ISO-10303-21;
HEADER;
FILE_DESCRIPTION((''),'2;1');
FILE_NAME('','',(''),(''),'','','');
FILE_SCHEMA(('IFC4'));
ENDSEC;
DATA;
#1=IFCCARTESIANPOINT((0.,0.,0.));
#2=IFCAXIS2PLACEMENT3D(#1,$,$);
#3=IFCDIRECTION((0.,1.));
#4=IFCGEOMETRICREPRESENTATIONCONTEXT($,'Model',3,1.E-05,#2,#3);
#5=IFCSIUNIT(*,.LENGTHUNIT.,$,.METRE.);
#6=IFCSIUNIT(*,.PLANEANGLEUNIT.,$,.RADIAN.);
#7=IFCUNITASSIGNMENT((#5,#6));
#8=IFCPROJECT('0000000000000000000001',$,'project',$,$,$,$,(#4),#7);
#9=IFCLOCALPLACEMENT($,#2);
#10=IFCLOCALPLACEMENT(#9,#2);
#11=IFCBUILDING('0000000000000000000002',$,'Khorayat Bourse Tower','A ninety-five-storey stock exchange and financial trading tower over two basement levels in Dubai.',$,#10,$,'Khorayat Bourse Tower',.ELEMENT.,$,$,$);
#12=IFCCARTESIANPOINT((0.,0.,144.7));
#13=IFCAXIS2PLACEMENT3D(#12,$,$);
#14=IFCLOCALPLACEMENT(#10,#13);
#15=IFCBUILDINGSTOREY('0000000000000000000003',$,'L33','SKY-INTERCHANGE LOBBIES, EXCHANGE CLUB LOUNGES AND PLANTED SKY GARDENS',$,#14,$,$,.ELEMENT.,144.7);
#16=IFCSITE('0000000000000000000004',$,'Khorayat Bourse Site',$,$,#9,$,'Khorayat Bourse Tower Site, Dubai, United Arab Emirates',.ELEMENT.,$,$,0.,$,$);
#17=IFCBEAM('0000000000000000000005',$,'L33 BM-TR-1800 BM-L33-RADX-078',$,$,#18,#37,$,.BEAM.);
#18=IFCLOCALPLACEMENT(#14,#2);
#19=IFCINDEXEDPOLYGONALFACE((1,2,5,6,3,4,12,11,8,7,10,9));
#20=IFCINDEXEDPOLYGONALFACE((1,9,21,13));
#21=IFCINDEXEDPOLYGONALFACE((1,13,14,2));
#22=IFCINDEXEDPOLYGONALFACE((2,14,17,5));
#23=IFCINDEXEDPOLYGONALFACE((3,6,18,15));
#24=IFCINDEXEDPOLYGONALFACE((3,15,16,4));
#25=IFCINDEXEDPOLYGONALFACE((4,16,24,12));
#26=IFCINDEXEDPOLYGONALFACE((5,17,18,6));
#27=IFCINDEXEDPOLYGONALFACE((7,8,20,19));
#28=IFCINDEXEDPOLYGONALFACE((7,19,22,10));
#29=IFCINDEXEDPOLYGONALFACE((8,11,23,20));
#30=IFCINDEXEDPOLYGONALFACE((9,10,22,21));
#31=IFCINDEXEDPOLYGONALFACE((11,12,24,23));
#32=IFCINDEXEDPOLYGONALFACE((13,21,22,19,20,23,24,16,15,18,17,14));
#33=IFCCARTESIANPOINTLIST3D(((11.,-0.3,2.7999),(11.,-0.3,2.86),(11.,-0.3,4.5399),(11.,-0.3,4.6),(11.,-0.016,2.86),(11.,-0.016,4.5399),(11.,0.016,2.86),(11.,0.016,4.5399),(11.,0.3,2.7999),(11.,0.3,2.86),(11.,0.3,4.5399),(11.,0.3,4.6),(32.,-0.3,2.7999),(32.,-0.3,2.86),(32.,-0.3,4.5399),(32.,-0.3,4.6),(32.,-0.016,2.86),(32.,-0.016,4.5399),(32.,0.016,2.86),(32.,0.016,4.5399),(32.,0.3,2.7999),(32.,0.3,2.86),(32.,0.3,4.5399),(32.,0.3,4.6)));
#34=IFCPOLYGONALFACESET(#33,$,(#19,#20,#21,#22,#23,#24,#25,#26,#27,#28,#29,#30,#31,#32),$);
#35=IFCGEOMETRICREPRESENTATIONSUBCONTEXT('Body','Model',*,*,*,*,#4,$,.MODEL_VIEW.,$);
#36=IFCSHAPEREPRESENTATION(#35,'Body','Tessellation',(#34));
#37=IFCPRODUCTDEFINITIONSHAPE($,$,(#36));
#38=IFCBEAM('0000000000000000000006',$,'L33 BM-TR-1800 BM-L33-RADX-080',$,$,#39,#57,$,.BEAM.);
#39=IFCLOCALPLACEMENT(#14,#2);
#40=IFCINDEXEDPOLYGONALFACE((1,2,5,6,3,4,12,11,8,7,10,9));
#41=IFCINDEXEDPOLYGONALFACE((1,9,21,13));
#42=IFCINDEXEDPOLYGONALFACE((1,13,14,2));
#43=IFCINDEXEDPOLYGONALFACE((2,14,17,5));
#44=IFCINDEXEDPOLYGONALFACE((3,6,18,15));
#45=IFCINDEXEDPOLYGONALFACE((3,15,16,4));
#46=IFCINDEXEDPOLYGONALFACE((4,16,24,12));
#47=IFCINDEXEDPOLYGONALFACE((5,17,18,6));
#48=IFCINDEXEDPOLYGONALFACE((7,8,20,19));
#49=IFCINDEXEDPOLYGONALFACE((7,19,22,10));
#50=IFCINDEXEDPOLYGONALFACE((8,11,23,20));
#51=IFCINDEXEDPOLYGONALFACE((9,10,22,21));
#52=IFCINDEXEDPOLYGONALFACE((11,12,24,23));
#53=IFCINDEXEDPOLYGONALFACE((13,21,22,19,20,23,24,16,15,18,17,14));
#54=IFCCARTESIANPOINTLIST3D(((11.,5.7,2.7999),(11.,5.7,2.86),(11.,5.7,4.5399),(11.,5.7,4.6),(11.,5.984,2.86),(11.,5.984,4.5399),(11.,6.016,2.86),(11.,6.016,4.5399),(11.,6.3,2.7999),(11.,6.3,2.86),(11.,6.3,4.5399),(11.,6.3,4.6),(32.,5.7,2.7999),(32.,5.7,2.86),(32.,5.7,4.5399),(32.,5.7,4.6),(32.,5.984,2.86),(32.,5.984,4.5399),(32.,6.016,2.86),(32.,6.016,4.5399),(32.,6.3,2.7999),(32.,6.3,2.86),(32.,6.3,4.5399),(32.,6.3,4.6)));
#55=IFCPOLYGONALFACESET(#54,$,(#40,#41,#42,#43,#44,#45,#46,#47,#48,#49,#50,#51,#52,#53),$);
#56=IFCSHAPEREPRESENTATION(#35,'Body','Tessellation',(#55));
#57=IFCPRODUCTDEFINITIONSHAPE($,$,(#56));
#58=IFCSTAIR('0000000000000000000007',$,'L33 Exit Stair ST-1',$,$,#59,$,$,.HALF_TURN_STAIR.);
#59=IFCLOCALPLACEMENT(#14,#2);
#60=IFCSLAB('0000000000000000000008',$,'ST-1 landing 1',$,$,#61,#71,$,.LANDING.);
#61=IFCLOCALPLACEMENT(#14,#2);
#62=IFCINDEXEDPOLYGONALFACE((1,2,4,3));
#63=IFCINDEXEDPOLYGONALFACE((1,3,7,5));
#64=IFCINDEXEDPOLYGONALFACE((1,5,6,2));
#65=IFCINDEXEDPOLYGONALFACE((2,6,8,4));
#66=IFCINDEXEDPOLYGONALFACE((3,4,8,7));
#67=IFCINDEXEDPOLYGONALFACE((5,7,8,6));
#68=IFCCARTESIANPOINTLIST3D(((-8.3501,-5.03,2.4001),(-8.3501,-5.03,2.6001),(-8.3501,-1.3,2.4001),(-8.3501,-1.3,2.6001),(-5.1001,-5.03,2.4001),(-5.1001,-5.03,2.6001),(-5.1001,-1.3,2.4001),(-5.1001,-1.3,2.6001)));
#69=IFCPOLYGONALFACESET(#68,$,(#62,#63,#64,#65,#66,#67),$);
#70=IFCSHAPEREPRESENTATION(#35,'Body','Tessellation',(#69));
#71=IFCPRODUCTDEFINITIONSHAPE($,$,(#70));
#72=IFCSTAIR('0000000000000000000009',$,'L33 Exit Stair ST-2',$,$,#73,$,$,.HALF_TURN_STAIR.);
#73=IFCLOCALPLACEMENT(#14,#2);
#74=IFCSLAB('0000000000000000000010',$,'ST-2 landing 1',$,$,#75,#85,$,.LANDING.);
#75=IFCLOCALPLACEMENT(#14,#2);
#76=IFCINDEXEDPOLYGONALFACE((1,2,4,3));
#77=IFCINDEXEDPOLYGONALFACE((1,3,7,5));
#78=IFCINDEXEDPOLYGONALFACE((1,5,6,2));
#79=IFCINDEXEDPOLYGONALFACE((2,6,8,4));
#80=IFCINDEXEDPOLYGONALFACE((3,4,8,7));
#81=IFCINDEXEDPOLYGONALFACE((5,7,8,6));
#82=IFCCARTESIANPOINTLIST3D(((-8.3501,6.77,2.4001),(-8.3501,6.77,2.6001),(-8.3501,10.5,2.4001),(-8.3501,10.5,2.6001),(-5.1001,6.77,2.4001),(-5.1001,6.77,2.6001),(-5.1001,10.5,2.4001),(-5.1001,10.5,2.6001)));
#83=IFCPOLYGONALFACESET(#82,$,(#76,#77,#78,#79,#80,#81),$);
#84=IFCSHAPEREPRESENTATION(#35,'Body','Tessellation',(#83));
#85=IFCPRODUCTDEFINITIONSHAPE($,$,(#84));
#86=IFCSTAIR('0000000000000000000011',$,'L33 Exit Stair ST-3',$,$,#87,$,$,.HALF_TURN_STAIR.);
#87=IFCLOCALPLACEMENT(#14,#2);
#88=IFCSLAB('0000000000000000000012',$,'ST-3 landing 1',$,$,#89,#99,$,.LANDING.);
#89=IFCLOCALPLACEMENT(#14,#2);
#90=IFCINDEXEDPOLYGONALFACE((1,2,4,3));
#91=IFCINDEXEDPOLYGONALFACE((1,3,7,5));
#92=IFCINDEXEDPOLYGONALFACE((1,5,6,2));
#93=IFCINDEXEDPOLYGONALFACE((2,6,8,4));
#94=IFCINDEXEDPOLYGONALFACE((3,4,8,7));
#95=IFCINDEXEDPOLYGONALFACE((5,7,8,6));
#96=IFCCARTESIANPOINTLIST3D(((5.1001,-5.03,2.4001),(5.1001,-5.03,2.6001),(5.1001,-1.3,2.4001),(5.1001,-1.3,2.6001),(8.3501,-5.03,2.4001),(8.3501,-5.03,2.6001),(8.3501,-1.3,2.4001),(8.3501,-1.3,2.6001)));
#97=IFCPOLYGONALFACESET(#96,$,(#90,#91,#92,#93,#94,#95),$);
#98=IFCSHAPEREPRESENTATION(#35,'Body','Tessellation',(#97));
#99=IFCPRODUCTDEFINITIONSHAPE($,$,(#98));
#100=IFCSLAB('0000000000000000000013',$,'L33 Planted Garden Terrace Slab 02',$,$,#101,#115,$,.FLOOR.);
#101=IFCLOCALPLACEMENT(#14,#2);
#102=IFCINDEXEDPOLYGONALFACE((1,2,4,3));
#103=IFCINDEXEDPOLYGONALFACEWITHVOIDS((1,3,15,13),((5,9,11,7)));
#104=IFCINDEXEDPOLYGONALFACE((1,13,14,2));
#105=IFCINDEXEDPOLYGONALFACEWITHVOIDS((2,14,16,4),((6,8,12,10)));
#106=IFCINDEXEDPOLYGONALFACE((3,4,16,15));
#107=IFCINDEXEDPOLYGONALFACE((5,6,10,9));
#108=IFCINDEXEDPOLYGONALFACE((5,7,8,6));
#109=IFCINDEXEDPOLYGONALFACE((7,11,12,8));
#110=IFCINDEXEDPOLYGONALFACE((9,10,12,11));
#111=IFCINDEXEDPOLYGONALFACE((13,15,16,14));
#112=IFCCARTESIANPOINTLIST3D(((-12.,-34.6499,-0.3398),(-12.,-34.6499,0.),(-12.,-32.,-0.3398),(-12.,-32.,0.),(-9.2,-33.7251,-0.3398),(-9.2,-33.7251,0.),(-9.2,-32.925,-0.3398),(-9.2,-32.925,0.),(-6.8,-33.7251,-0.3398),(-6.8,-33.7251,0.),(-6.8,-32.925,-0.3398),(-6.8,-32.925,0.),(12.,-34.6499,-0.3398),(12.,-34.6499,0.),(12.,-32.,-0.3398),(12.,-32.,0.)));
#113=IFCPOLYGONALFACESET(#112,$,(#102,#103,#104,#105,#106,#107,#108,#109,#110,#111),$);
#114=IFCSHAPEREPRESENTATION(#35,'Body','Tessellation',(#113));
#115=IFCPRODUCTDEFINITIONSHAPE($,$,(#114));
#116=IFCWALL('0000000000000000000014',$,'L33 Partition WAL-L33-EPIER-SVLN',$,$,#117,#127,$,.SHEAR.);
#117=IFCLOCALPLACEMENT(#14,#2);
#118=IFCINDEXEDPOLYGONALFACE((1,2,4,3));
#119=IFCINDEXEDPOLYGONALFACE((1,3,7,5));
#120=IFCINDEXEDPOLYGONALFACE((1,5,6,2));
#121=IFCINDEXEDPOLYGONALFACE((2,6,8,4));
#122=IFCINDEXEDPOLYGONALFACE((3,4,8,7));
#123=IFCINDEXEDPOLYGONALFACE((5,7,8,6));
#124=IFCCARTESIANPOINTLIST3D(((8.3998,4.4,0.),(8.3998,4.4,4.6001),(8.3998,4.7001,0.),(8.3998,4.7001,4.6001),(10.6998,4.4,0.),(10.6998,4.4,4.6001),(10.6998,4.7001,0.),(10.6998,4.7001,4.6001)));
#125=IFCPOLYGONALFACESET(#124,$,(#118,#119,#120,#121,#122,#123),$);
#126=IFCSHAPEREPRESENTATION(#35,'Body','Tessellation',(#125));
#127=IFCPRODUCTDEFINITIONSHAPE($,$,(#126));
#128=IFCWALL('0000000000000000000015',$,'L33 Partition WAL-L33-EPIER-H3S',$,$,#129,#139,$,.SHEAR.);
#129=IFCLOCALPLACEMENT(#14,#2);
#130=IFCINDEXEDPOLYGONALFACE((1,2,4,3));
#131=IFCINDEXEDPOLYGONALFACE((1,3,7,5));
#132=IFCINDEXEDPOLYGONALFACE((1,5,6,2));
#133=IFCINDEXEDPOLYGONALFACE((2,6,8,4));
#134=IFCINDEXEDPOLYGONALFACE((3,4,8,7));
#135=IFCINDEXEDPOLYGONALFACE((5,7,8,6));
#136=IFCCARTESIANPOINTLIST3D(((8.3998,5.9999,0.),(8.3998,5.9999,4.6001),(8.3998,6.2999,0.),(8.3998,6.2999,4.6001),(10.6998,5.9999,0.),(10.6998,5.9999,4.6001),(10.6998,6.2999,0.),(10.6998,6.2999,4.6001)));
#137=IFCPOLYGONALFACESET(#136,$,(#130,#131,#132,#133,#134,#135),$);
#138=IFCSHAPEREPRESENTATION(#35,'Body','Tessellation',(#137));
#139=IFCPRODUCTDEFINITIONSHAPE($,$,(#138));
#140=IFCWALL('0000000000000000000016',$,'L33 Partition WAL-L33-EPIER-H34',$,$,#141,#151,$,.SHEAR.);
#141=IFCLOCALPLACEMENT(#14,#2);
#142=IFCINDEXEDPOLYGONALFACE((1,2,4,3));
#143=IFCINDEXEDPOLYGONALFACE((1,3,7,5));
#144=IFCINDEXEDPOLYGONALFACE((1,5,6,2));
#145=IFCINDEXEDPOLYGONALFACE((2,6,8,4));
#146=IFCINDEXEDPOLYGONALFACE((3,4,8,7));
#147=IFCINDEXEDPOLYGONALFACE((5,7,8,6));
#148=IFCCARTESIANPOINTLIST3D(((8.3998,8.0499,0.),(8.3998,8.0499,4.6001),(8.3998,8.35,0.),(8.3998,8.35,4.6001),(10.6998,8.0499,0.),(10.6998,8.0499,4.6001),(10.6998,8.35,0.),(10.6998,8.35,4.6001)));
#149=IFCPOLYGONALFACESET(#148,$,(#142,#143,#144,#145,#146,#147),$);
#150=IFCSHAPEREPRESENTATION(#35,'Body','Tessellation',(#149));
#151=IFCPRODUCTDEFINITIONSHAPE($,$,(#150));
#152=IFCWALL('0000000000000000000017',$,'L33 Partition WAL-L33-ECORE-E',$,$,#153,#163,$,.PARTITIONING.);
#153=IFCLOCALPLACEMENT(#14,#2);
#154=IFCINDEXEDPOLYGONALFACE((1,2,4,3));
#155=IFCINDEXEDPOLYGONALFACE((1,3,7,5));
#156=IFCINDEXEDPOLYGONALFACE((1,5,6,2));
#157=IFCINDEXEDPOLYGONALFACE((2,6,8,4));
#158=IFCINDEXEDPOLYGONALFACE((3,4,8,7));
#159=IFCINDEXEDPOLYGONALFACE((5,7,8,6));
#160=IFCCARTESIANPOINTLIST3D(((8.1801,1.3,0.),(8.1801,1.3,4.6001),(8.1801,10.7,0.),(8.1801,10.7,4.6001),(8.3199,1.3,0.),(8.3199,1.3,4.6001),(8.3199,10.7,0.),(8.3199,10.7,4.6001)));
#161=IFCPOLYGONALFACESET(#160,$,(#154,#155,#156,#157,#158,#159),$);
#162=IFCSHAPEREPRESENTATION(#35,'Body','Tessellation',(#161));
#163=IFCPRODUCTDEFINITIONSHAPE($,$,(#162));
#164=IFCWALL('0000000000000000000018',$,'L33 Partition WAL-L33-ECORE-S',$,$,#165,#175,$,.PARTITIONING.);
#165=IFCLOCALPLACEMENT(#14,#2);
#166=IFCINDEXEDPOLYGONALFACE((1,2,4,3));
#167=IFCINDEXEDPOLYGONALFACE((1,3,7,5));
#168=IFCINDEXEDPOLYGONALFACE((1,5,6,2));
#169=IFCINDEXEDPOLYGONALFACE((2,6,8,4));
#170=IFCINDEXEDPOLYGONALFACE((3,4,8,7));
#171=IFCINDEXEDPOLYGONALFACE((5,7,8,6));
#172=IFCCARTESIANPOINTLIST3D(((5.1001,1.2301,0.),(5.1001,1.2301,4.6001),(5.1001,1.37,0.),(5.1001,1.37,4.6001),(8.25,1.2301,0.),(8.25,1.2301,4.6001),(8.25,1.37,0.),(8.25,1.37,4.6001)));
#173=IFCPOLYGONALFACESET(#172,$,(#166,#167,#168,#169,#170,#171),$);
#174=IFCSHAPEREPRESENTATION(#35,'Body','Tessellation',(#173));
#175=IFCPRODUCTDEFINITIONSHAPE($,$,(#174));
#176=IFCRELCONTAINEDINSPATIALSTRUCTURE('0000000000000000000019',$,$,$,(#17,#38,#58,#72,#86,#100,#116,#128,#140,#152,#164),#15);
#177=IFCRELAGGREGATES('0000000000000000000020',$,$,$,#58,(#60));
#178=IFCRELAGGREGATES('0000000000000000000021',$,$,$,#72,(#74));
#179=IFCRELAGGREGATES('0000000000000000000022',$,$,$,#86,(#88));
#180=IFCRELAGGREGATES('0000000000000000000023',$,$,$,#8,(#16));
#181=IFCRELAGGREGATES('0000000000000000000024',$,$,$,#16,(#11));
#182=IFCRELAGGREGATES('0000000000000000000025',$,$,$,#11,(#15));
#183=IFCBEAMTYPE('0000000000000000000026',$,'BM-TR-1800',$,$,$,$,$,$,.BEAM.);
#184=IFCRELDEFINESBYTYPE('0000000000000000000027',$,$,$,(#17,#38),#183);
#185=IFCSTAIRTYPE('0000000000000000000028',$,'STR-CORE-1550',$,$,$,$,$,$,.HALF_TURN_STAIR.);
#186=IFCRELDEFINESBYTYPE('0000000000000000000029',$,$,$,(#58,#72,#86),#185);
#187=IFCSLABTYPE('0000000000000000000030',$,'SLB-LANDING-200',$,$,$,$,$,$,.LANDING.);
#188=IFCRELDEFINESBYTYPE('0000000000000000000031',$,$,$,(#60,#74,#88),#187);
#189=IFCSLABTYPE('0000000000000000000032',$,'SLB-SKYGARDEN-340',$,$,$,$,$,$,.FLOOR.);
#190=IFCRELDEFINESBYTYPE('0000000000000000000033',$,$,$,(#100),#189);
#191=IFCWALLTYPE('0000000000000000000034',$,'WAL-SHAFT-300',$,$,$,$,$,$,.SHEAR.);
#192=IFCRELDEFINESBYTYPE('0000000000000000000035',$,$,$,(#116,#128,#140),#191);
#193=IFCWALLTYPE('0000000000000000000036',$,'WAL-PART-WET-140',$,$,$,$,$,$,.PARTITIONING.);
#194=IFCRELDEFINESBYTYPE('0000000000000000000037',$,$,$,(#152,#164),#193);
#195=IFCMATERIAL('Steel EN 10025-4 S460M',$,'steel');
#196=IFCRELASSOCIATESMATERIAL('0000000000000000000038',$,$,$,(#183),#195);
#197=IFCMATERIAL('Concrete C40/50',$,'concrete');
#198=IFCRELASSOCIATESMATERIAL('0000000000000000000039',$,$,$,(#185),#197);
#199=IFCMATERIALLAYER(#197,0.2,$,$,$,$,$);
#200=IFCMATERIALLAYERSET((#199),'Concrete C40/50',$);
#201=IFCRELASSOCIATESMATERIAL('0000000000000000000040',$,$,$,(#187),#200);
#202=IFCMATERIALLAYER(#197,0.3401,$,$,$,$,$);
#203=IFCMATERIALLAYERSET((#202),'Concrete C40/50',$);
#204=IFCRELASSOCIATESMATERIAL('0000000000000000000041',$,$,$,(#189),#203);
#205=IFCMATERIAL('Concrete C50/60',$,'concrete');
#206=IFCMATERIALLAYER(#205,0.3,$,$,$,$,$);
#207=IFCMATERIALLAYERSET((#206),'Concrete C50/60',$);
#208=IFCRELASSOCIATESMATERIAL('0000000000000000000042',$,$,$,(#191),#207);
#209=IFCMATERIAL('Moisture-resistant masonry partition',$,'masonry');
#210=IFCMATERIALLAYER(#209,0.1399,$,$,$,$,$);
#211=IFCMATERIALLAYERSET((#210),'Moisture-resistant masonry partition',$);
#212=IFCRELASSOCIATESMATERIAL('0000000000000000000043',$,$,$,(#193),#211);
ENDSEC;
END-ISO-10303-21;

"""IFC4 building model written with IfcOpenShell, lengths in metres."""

from ifc_helpers import new_model, si_unit, direction, frame, frame_2d, origin, origin_2d, place, context, subcontext, project, spatial, polyline, rectangle, i_section, outline, extrude, source, transform, mapped, material, layer, layer_set, material_profile, profile_set, type_object, element, aggregate, save


model = new_model("IFC4")

# Units and contexts
model_context = context("Model", 3, precision=1e-05, world=origin(), true_north=direction((0.0, 1.0)))
body_context = subcontext(model_context, "Body", "Model", "MODEL_VIEW")
ifc_project = project(units=[si_unit("LENGTHUNIT", "METRE"), si_unit("PLANEANGLEUNIT", "RADIAN")], contexts=[model_context])

# Site, building, storey
site_placement = place(None, origin())
site = spatial("IfcSite", under=ifc_project, at=site_placement, Name="Khorayat Bourse Site", LongName="Khorayat Bourse Tower Site, Dubai, United Arab Emirates", CompositionType="ELEMENT", RefElevation=0.0)
building_placement = place(site_placement, origin())
building = spatial("IfcBuilding", under=site, at=building_placement, Name="Khorayat Bourse Tower", Description="A ninety-five-storey stock exchange and financial trading tower over two basement levels in Dubai.", LongName="Khorayat Bourse Tower", CompositionType="ELEMENT")
storey_placement = place(building_placement, frame((0.0, 0.0, 144.7)))
storey = spatial("IfcBuildingStorey", under=building, at=storey_placement, Name="L33", Description="SKY-INTERCHANGE LOBBIES, EXCHANGE CLUB LOUNGES AND PLANTED SKY GARDENS", CompositionType="ELEMENT", Elevation=144.7)

# Beams
ifc_material_1 = material(Name="Steel EN 10025-4 S460M", Category="steel")
ifc_material_profile_1 = material_profile(ifc_material_1, i_section(OverallWidth=0.6001, OverallDepth=1.8, WebThickness=0.032, FlangeThickness=0.0601, at=origin_2d()), Name="PG 1800x600x32x60")
ifc_profile_set_1 = profile_set([ifc_material_profile_1], Name="Steel EN 10025-4 S460M")
beam_type_1 = type_object("IfcBeamType", Name="BM-TR-1800", PredefinedType="BEAM", material=ifc_profile_set_1)
shared_shape_1 = source(origin(), body_context, "Body", "SweptSolid", [
    extrude(i_section(OverallWidth=0.6001, OverallDepth=1.8, WebThickness=0.032, FlangeThickness=0.0601, at=origin_2d()), origin(), (0.0, 0.0, 1.0), 21.0),
])
for number, where, z_axis, x_axis, name in (
    (1, (11.0, 0.0, 3.7), (1.0, 0.0, 0.0), (0.0, 1.0, 0.0), "L33 BM-TR-1800 BM-L33-RADX-078"),
    (2, (11.0, 6.0, 3.7), (1.0, 0.0, 0.0), (0.0, 1.0, 0.0), "L33 BM-TR-1800 BM-L33-RADX-080"),
):
    element("IfcBeam", number, at=place(storey_placement, frame(where, z_axis=z_axis, x_axis=x_axis)), inside=storey, type_object=beam_type_1, Name=name, PredefinedType="BEAM", context=body_context, shape_type="MappedRepresentation", body=[
        mapped(shared_shape_1, transform((0.0, 0.0, 0.0), scale=1.0)),
    ])

# Stairs, slabs
ifc_material_2 = material(Name="Concrete C40/50", Category="concrete")
stair_type = type_object("IfcStairType", Name="STR-CORE-1550", PredefinedType="HALF_TURN_STAIR", material=ifc_material_2)
stair_1_placement = place(storey_placement, origin())
stair_1 = element("IfcStair", 3, at=stair_1_placement, inside=storey, type_object=stair_type, Name="L33 Exit Stair ST-1", PredefinedType="HALF_TURN_STAIR")
ifc_layer_1 = layer(ifc_material_2, 0.2)
ifc_layer_set_1 = layer_set([ifc_layer_1], Name="Concrete C40/50")
slab_type_1 = type_object("IfcSlabType", Name="SLB-LANDING-200", PredefinedType="LANDING", material=ifc_layer_set_1)
slab_1_placement = place(storey_placement, frame((0.0, 0.0, 2.4001)))
slab_1 = element("IfcSlab", 4, at=slab_1_placement, type_object=slab_type_1, Name="ST-1 landing 1", PredefinedType="LANDING", context=body_context, shape_type="SweptSolid", body=[
    extrude(outline(polyline([(-5.1001, -5.03), (-5.1001, -1.3), (-8.3501, -1.3), (-8.3501, -5.03), (-5.1001, -5.03)])), origin(), (0.0, 0.0, 1.0), 0.2),
])
aggregate(stair_1, [slab_1])
stair_2_placement = place(storey_placement, origin())
stair_2 = element("IfcStair", 5, at=stair_2_placement, inside=storey, type_object=stair_type, Name="L33 Exit Stair ST-2", PredefinedType="HALF_TURN_STAIR")
slab_2_placement = place(storey_placement, frame((0.0, 0.0, 2.4001)))
slab_2 = element("IfcSlab", 6, at=slab_2_placement, type_object=slab_type_1, Name="ST-2 landing 1", PredefinedType="LANDING", context=body_context, shape_type="SweptSolid", body=[
    extrude(outline(polyline([(-5.1001, 6.77), (-5.1001, 10.5), (-8.3501, 10.5), (-8.3501, 6.77), (-5.1001, 6.77)])), origin(), (0.0, 0.0, 1.0), 0.2),
])
aggregate(stair_2, [slab_2])
stair_3_placement = place(storey_placement, origin())
stair_3 = element("IfcStair", 7, at=stair_3_placement, inside=storey, type_object=stair_type, Name="L33 Exit Stair ST-3", PredefinedType="HALF_TURN_STAIR")
slab_3_placement = place(storey_placement, frame((0.0, 0.0, 2.4001)))
slab_3 = element("IfcSlab", 8, at=slab_3_placement, type_object=slab_type_1, Name="ST-3 landing 1", PredefinedType="LANDING", context=body_context, shape_type="SweptSolid", body=[
    extrude(outline(polyline([(8.3501, -5.03), (8.3501, -1.3), (5.1001, -1.3), (5.1001, -5.03), (8.3501, -5.03)])), origin(), (0.0, 0.0, 1.0), 0.2),
])
aggregate(stair_3, [slab_3])

# Slab
ifc_layer_2 = layer(ifc_material_2, 0.3401)
ifc_layer_set_2 = layer_set([ifc_layer_2], Name="Concrete C40/50")
slab_type_2 = type_object("IfcSlabType", Name="SLB-SKYGARDEN-340", PredefinedType="FLOOR", material=ifc_layer_set_2)
slab_4_placement = place(storey_placement, frame((0.0, 0.0, -0.3398)))
element("IfcSlab", 9, at=slab_4_placement, inside=storey, type_object=slab_type_2, Name="L33 Planted Garden Terrace Slab 02", PredefinedType="FLOOR", context=body_context, shape_type="SweptSolid", body=[
    extrude(outline(polyline([(-12.0, -34.6499), (12.0, -34.6499), (12.0, -32.0), (-12.0, -32.0), (-12.0, -34.6499)]), holes=[polyline([(-9.2, -33.7251), (-6.8, -33.7251), (-6.8, -32.925), (-9.2, -32.925), (-9.2, -33.7251)])]), origin(), (0.0, 0.0, 1.0), 0.3398),
])

# Walls
ifc_material_3 = material(Name="Concrete C50/60", Category="concrete")
ifc_layer_3 = layer(ifc_material_3, 0.3)
ifc_layer_set_3 = layer_set([ifc_layer_3], Name="Concrete C50/60")
wall_type_1 = type_object("IfcWallType", Name="WAL-SHAFT-300", PredefinedType="SHEAR", material=ifc_layer_set_3)
shared_shape_2 = source(origin(), body_context, "Body", "SweptSolid", [
    extrude(rectangle(XDim=2.3, YDim=0.3, at=frame_2d((1.1499, 0.0))), origin(), (0.0, 0.0, 1.0), 4.6001),
])
for number, where, z_axis, x_axis, name in (
    (10, (8.3999, 4.55, 0.0), (0.0, 0.0, 1.0), (1.0, 0.0, 0.0), "L33 Partition WAL-L33-EPIER-SVLN"),
    (11, (8.3999, 6.1499, 0.0), (0.0, 0.0, 1.0), (1.0, 0.0, 0.0), "L33 Partition WAL-L33-EPIER-H3S"),
    (12, (8.3999, 8.2, 0.0), (0.0, 0.0, 1.0), (1.0, 0.0, 0.0), "L33 Partition WAL-L33-EPIER-H34"),
):
    element("IfcWall", number, at=place(storey_placement, frame(where, z_axis=z_axis, x_axis=x_axis)), inside=storey, type_object=wall_type_1, Name=name, PredefinedType="SHEAR", context=body_context, shape_type="MappedRepresentation", body=[
        mapped(shared_shape_2, transform((0.0, 0.0, 0.0), scale=1.0)),
    ])
ifc_material_4 = material(Name="Moisture-resistant masonry partition", Category="masonry")
ifc_layer_4 = layer(ifc_material_4, 0.1399)
ifc_layer_set_4 = layer_set([ifc_layer_4], Name="Moisture-resistant masonry partition")
wall_type_2 = type_object("IfcWallType", Name="WAL-PART-WET-140", PredefinedType="PARTITIONING", material=ifc_layer_set_4)
shared_shape_3 = source(origin(), body_context, "Body", "SweptSolid", [
    extrude(rectangle(XDim=9.3999, YDim=0.1399, at=frame_2d((4.7, 0.0))), origin(), (0.0, 0.0, 1.0), 4.6001),
])
wall_1_placement = place(storey_placement, frame((8.25, 1.3, 0.0), z_axis=(0.0, 0.0, 1.0), x_axis=(0.0, 1.0, 0.0)))
element("IfcWall", 13, at=wall_1_placement, inside=storey, type_object=wall_type_2, Name="L33 Partition WAL-L33-ECORE-E", PredefinedType="PARTITIONING", context=body_context, shape_type="MappedRepresentation", body=[
    mapped(shared_shape_3, transform((0.0, 0.0, 0.0), scale=1.0)),
])
shared_shape_4 = source(origin(), body_context, "Body", "SweptSolid", [
    extrude(rectangle(XDim=3.1499, YDim=0.1399, at=frame_2d((1.575, 0.0))), origin(), (0.0, 0.0, 1.0), 4.6001),
])
wall_2_placement = place(storey_placement, frame((5.1001, 1.3, 0.0), z_axis=(0.0, 0.0, 1.0), x_axis=(1.0, 0.0, 0.0)))
element("IfcWall", 14, at=wall_2_placement, inside=storey, type_object=wall_type_2, Name="L33 Partition WAL-L33-ECORE-S", PredefinedType="PARTITIONING", context=body_context, shape_type="MappedRepresentation", body=[
    mapped(shared_shape_4, transform((0.0, 0.0, 0.0), scale=1.0)),
])

save(model, "model.ifc")
